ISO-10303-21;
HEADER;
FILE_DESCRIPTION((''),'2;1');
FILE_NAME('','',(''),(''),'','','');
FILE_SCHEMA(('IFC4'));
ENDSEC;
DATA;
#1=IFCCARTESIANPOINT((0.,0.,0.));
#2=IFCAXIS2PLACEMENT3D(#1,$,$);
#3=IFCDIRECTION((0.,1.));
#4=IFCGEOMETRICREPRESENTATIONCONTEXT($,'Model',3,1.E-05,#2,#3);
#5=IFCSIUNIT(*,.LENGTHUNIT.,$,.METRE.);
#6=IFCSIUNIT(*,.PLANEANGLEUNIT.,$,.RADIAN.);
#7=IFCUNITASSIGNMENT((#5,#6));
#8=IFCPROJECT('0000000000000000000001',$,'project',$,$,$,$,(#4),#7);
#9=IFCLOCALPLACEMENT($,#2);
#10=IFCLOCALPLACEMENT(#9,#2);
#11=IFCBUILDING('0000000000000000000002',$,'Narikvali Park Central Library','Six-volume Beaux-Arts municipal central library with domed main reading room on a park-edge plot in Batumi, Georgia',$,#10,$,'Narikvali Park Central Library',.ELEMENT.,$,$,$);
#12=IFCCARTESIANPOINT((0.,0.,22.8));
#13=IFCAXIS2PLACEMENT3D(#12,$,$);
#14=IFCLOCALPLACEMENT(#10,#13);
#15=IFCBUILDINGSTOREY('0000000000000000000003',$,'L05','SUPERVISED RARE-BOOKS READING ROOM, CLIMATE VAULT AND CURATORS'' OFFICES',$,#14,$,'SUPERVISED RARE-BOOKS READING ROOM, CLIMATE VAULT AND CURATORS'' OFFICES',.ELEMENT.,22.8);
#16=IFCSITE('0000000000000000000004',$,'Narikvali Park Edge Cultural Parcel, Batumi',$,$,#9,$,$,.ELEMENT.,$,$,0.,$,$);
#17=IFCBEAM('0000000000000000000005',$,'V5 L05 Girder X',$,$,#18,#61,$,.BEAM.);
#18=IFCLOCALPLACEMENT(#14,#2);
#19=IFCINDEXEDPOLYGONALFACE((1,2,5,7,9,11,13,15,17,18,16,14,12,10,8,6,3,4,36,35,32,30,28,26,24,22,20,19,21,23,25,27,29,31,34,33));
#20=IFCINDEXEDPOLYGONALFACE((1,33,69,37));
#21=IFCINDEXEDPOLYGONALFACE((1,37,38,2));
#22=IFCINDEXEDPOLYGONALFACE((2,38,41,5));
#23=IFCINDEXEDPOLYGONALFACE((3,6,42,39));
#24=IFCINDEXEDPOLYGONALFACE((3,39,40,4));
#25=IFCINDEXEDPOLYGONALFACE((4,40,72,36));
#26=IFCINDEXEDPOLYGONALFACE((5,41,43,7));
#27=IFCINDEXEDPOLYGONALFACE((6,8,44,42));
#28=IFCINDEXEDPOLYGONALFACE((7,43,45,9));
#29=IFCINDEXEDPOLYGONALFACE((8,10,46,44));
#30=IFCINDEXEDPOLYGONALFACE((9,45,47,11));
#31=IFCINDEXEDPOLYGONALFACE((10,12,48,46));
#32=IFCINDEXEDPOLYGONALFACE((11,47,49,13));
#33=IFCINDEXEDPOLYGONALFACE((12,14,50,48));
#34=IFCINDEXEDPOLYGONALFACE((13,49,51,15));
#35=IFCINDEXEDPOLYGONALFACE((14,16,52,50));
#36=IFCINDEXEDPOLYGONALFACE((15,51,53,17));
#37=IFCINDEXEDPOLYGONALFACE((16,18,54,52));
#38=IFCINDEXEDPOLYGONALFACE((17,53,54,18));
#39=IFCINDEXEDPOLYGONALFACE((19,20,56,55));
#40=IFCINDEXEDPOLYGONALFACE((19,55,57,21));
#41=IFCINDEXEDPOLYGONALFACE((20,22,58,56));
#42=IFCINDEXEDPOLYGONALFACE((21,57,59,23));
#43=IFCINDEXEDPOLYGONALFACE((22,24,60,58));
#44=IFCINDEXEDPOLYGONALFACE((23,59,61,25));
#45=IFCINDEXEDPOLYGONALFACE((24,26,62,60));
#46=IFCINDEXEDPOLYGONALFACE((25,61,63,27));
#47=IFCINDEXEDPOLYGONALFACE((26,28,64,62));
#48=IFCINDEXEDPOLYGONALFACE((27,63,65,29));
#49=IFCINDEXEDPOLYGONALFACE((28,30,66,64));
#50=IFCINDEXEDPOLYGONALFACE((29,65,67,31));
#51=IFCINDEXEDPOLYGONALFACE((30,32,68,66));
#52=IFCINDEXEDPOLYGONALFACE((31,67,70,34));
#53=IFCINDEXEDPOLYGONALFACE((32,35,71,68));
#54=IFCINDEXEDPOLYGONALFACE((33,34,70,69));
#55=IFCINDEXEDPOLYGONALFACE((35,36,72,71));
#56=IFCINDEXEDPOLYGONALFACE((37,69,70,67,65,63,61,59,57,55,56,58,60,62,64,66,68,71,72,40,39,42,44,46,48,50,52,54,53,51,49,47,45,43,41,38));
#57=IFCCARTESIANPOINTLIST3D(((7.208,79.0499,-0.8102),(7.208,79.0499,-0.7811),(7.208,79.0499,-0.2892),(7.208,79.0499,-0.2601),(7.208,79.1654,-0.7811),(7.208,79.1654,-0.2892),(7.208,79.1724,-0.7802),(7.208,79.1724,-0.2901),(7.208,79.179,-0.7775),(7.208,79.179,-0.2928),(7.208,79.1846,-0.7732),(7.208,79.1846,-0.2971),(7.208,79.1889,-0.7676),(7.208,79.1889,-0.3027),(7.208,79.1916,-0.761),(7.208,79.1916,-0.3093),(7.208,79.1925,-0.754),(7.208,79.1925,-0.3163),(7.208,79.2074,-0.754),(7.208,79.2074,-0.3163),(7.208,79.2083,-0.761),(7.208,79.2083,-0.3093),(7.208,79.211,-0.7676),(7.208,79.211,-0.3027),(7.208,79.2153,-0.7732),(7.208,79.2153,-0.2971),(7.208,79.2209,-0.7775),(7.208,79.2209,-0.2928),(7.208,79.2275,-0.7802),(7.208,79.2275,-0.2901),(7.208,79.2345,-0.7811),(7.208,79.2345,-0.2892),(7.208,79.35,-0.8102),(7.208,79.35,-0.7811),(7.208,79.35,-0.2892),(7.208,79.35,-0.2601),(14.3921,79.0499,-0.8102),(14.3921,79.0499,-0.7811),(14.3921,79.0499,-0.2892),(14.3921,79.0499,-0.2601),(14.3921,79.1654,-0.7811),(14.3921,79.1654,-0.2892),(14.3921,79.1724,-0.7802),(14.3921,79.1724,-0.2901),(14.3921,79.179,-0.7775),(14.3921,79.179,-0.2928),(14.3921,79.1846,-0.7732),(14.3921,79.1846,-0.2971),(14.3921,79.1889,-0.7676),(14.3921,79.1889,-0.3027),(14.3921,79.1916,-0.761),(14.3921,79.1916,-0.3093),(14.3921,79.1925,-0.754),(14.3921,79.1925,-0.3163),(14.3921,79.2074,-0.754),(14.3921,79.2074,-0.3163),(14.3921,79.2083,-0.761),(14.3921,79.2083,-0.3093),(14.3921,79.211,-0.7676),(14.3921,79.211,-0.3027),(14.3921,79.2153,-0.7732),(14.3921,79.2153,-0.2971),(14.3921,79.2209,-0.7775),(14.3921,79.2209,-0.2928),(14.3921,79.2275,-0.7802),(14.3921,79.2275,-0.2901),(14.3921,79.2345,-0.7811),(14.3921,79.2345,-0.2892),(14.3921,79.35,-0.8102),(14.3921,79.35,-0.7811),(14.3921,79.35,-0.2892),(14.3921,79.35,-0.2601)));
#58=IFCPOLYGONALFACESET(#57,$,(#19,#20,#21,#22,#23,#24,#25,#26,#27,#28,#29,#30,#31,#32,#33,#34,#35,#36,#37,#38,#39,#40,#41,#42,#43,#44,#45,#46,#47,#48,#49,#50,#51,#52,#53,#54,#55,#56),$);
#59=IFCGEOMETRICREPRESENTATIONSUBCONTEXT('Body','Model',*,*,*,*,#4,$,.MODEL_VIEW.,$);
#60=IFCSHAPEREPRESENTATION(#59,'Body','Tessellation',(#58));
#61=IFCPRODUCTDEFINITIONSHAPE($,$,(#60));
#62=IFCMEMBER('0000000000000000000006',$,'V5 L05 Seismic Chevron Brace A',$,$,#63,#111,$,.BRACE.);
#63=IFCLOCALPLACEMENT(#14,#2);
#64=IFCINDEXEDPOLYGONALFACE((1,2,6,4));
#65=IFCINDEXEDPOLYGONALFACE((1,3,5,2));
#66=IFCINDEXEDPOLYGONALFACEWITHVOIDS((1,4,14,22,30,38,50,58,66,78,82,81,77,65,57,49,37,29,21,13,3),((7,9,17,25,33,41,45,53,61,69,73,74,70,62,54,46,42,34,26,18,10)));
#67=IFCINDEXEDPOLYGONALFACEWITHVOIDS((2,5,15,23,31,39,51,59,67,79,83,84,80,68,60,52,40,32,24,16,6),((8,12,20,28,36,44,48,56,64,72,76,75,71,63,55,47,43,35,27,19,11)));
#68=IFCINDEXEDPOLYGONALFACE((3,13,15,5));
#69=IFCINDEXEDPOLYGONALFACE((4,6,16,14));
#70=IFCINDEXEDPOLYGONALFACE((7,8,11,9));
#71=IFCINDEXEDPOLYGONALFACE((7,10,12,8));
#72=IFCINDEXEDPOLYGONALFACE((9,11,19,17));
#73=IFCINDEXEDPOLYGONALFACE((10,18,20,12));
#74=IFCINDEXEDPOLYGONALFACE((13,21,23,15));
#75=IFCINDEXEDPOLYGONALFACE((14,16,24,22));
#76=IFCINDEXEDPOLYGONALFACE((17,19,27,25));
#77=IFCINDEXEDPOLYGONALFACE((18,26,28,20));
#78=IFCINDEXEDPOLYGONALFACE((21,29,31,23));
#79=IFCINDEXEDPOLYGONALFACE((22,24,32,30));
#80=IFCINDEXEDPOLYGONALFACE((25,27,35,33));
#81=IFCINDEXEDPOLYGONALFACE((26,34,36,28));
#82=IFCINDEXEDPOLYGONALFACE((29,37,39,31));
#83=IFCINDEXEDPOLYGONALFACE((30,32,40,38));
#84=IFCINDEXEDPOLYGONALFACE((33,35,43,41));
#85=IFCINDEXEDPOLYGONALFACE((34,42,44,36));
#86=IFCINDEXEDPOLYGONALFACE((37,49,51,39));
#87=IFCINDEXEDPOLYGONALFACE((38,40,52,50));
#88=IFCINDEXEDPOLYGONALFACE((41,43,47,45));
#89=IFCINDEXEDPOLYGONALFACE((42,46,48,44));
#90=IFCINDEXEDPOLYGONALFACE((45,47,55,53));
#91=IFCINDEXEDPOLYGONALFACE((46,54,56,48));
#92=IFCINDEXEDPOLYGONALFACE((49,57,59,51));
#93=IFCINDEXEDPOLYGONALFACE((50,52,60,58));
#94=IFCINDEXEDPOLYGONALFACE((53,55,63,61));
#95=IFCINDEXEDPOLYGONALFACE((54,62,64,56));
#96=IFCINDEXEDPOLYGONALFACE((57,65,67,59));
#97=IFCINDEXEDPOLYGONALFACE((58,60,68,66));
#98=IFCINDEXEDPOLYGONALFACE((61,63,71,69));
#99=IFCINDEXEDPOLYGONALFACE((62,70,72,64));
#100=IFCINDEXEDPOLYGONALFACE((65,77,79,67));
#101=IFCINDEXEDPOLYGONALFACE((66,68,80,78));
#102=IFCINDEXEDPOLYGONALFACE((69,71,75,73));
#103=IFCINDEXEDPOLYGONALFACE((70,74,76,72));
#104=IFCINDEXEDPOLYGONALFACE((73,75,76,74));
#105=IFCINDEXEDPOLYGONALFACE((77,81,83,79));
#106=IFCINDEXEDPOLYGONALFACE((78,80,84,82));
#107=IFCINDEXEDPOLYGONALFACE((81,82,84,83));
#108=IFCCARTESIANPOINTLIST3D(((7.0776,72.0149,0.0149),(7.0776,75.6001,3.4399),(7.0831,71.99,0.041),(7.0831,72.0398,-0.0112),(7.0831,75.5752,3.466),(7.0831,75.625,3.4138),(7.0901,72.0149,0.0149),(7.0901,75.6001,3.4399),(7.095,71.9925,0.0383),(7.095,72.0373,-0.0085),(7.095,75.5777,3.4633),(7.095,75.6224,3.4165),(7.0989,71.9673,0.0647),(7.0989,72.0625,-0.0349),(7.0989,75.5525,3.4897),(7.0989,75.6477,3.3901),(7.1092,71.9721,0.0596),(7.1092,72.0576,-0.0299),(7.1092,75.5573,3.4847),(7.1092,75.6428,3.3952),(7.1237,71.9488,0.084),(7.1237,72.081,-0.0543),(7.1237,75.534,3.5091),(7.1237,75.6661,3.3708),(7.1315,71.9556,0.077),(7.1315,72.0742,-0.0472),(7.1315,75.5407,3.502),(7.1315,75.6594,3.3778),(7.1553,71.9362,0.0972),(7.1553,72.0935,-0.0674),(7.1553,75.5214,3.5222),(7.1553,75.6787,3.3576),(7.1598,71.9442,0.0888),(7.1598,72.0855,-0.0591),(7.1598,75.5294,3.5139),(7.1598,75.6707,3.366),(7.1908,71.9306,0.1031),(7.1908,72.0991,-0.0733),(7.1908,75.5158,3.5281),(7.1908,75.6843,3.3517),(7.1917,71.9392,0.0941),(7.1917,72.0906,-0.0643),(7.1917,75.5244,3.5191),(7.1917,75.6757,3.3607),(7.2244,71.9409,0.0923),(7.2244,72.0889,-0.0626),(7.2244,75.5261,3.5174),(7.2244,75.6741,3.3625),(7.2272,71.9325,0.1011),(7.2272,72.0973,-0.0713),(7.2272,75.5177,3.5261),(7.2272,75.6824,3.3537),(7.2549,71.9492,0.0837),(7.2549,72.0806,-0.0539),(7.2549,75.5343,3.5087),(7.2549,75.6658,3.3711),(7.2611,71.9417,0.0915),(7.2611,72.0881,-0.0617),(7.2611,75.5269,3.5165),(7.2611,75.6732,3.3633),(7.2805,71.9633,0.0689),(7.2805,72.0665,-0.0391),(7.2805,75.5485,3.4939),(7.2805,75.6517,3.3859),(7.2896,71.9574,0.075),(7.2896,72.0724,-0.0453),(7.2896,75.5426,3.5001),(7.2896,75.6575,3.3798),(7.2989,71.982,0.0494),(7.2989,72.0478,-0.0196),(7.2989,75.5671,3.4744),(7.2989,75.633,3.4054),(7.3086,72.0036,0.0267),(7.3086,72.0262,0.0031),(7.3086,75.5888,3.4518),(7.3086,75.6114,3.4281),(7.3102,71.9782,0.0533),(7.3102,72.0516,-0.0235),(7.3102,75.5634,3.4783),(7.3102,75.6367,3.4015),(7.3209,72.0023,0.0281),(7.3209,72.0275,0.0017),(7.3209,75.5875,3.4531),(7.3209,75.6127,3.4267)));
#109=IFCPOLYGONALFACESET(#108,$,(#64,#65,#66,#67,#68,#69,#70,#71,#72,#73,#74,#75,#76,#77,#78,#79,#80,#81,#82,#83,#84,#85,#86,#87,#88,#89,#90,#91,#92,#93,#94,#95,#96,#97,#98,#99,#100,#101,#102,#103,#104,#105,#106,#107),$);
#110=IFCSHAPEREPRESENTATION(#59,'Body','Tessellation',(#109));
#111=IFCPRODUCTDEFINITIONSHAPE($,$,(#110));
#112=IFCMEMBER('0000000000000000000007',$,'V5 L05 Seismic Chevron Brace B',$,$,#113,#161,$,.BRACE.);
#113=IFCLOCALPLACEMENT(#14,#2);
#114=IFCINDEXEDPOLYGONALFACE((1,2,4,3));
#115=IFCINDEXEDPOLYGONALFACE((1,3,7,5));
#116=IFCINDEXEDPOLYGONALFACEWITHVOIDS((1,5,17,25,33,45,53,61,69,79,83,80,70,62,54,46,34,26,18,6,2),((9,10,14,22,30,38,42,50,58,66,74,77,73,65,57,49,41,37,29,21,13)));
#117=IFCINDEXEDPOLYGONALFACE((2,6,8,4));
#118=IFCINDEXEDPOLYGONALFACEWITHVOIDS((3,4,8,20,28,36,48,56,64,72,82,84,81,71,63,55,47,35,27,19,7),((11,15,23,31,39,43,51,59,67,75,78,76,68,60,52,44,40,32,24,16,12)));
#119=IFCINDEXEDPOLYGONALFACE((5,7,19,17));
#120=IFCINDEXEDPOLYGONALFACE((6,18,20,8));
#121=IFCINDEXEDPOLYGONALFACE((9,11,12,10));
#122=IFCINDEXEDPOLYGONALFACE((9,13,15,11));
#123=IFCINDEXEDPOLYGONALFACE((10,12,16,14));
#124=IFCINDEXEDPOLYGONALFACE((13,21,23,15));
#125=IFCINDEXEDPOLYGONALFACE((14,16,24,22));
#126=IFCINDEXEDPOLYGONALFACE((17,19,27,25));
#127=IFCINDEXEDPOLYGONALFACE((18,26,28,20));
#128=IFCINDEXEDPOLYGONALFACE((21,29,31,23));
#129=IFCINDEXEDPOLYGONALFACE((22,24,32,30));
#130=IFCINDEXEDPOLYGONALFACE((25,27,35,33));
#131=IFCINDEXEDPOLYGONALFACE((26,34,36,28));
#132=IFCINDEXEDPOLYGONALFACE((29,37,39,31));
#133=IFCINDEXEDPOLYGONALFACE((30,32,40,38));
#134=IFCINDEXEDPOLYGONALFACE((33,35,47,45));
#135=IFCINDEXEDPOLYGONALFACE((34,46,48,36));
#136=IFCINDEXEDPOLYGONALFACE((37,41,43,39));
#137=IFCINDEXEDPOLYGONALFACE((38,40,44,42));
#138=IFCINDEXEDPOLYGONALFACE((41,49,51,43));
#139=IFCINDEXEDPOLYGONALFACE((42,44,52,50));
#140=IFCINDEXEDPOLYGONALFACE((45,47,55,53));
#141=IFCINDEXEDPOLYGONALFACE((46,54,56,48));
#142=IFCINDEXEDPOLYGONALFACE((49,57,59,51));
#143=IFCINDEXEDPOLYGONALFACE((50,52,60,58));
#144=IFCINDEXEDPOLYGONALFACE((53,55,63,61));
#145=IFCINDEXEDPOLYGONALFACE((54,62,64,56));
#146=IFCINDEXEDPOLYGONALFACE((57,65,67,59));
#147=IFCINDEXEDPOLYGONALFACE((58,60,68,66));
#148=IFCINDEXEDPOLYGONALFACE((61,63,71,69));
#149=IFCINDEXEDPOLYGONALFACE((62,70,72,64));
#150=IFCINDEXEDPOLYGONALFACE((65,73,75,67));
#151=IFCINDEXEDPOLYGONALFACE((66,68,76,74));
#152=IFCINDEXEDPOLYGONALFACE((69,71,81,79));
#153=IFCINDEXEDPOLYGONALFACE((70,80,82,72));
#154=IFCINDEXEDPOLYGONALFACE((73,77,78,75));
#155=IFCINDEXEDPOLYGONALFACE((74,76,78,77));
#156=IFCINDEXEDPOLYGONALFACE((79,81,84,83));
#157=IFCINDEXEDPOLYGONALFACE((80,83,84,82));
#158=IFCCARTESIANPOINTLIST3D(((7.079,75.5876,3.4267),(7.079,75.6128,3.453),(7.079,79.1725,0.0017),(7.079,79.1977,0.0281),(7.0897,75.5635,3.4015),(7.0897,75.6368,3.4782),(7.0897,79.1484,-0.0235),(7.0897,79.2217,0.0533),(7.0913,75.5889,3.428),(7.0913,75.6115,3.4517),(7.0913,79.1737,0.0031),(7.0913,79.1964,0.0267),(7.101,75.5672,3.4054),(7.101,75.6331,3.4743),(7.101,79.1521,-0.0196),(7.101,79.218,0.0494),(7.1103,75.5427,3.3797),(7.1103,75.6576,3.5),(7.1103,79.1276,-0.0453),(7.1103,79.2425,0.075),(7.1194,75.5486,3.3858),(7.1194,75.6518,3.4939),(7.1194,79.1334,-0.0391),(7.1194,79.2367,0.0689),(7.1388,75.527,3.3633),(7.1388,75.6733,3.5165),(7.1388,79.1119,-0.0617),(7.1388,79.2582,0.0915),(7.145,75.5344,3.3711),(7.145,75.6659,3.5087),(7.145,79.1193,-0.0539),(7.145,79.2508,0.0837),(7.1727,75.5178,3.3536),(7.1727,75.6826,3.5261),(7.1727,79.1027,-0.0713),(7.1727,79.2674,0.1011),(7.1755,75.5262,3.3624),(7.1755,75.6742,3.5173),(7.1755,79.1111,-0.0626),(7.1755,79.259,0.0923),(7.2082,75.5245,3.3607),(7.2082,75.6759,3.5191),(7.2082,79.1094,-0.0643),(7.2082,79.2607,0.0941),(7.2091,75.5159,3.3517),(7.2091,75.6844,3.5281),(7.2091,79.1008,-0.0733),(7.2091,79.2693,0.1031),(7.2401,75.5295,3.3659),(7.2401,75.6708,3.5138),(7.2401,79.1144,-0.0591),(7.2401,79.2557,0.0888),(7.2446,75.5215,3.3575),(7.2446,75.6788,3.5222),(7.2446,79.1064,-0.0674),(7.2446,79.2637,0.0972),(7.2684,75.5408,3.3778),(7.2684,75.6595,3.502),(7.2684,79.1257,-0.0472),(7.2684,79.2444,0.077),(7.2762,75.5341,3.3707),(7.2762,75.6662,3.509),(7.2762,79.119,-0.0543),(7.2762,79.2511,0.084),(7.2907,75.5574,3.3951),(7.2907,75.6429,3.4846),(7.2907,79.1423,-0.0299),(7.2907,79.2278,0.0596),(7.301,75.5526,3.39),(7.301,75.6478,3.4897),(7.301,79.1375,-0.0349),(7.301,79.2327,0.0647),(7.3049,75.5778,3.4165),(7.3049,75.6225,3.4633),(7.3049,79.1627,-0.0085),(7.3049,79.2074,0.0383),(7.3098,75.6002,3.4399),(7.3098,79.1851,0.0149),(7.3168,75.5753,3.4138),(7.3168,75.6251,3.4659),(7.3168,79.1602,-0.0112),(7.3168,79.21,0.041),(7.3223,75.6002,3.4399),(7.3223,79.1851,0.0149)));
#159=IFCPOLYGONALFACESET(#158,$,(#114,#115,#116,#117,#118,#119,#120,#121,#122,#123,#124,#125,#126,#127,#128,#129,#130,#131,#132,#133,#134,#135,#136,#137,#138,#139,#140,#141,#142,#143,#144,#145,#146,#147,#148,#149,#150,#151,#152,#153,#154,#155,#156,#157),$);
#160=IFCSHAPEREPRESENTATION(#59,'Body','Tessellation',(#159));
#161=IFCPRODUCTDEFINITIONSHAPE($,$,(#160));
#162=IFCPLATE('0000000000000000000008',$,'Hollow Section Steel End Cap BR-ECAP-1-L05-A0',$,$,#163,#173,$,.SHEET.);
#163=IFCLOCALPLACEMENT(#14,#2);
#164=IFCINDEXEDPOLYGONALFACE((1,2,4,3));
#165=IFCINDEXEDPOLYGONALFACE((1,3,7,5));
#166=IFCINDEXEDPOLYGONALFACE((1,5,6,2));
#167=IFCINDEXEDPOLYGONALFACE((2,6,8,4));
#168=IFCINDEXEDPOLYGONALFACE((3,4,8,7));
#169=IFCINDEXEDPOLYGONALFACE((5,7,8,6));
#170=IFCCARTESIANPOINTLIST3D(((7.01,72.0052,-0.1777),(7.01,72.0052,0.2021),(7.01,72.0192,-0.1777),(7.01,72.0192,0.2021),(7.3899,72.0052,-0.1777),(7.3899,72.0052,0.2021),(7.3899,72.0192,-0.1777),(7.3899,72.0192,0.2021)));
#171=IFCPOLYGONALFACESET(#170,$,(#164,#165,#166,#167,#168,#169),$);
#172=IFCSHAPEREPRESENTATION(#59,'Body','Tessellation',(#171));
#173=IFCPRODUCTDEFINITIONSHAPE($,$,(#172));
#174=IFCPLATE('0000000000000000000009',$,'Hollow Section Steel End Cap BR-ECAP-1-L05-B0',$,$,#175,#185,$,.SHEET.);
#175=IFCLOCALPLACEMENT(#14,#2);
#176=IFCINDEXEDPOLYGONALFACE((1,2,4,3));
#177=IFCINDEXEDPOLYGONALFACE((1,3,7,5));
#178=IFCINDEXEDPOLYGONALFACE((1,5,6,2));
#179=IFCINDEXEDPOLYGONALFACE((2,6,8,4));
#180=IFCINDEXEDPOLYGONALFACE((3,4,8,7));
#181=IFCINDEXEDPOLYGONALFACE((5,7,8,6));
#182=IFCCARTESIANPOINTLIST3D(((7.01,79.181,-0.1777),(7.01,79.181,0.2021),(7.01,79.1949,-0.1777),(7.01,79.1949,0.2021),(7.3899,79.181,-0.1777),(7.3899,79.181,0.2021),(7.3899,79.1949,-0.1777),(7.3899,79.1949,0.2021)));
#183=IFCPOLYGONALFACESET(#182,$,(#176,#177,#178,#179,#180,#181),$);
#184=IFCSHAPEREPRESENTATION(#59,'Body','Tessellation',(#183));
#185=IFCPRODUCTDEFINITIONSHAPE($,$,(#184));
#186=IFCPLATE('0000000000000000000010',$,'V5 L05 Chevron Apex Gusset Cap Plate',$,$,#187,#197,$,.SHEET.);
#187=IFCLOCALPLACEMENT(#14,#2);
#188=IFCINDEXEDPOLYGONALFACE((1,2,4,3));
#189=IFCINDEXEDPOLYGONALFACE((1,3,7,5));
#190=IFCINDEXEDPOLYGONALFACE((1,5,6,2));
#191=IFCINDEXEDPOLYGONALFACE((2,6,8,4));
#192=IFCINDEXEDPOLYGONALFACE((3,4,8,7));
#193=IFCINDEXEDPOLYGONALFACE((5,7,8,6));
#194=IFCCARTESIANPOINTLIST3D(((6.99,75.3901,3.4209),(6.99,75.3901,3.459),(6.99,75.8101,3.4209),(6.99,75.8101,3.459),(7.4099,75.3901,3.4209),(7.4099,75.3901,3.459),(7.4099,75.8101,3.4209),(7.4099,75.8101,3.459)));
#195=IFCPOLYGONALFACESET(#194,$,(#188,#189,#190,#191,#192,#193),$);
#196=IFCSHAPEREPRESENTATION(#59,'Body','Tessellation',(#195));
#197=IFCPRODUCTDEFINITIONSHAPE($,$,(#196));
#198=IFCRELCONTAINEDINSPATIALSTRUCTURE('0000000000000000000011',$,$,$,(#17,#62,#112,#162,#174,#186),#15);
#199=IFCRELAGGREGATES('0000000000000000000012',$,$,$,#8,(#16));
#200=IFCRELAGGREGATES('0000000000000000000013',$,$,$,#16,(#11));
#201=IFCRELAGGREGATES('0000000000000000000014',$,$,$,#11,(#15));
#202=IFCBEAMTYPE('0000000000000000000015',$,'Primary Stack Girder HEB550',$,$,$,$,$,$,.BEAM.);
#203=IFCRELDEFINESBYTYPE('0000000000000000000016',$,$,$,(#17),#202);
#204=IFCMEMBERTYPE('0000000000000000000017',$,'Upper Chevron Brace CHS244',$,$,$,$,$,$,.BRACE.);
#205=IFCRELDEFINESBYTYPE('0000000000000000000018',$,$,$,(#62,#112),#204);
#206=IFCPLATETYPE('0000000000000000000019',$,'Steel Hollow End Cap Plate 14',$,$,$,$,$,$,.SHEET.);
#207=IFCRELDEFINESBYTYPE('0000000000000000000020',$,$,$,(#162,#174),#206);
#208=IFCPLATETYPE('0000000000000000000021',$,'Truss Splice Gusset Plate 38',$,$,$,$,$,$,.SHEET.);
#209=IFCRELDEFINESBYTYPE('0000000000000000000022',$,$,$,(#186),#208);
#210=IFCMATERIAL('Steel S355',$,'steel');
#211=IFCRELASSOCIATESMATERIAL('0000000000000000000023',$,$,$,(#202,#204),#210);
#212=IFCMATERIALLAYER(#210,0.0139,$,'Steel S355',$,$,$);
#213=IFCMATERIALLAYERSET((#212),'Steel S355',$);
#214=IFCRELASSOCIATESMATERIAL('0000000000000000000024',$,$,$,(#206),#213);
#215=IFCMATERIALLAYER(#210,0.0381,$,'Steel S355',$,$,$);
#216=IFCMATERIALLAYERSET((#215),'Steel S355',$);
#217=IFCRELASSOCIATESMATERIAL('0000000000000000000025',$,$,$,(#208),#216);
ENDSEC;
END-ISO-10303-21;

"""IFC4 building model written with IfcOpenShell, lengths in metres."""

from ifc_helpers import new_model, si_unit, direction, frame, origin, origin_2d, place, context, subcontext, project, spatial, rectangle, hollow_circle, i_section, extrude, material, layer, layer_set, material_profile, profile_set, type_object, element, save


model = new_model("IFC4")

# Units and contexts
model_context = context("Model", 3, precision=1e-05, world=origin(), true_north=direction((0.0, 1.0)))
body_context = subcontext(model_context, "Body", "Model", "MODEL_VIEW")
ifc_project = project(units=[si_unit("LENGTHUNIT", "METRE"), si_unit("PLANEANGLEUNIT", "RADIAN")], contexts=[model_context])

# Site, building, storey
site_placement = place(None, origin())
site = spatial("IfcSite", under=ifc_project, at=site_placement, Name="Narikvali Park Edge Cultural Parcel, Batumi", CompositionType="ELEMENT", RefElevation=0.0)
building_placement = place(site_placement, origin())
building = spatial("IfcBuilding", under=site, at=building_placement, Name="Narikvali Park Central Library", Description="Six-volume Beaux-Arts municipal central library with domed main reading room on a park-edge plot in Batumi, Georgia", LongName="Narikvali Park Central Library", CompositionType="ELEMENT")
storey_placement = place(building_placement, frame((0.0, 0.0, 22.8)))
storey = spatial("IfcBuildingStorey", under=building, at=storey_placement, Name="L05", Description="SUPERVISED RARE-BOOKS READING ROOM, CLIMATE VAULT AND CURATORS' OFFICES", LongName="SUPERVISED RARE-BOOKS READING ROOM, CLIMATE VAULT AND CURATORS' OFFICES", CompositionType="ELEMENT", Elevation=22.8)

# Shared definitions
ifc_material_1 = material(Name="Steel S355", Category="steel")

# Beam
ifc_material_profile_1 = material_profile(ifc_material_1, i_section(OverallWidth=0.3, OverallDepth=0.55, WebThickness=0.0149, FlangeThickness=0.0291, FilletRadius=0.0271, at=origin_2d()), Name="HEB 550")
ifc_profile_set_1 = profile_set([ifc_material_profile_1], Name="Steel S355")
beam_type_1 = type_object("IfcBeamType", Name="Primary Stack Girder HEB550", PredefinedType="BEAM", material=ifc_profile_set_1)
beam_1_placement = place(storey_placement, frame((7.208, 79.2, -0.5352), z_axis=(1.0, 0.0, 0.0), x_axis=(0.0, 1.0, 0.0)))
element("IfcBeam", 1, at=beam_1_placement, inside=storey, type_object=beam_type_1, Name="V5 L05 Girder X", PredefinedType="BEAM", context=body_context, shape_type="SweptSolid", body=[
    extrude(i_section(OverallWidth=0.3, OverallDepth=0.55, WebThickness=0.0149, FlangeThickness=0.0291, FilletRadius=0.0271, at=origin_2d()), origin(), (0.0, 0.0, 1.0), 7.1841),
])

# Members
ifc_material_profile_2 = material_profile(ifc_material_1, hollow_circle(Radius=0.1223, WallThickness=0.0125, at=origin_2d()), Name="CHS 244.5x12.5")
ifc_profile_set_2 = profile_set([ifc_material_profile_2], Name="Steel S355")
member_type = type_object("IfcMemberType", Name="Upper Chevron Brace CHS244", PredefinedType="BRACE", material=ifc_profile_set_2)
member_1_placement = place(storey_placement, frame((7.2, 72.0149, 0.0149), z_axis=(0.0, 0.723073, 0.690772), x_axis=(-1.0, 0.0, 0.0)))
element("IfcMember", 2, at=member_1_placement, inside=storey, type_object=member_type, Name="V5 L05 Seismic Chevron Brace A", PredefinedType="BRACE", context=body_context, shape_type="SweptSolid", body=[
    extrude(hollow_circle(Radius=0.1223, WallThickness=0.0125, at=origin_2d()), origin(), (0.0, 0.0, 1.0), 4.9583),
])
member_2_placement = place(storey_placement, frame((7.2, 79.1851, 0.0149), z_axis=(0.0, -0.723049, 0.690797), x_axis=(1.0, 0.0, 0.0)))
element("IfcMember", 3, at=member_2_placement, inside=storey, type_object=member_type, Name="V5 L05 Seismic Chevron Brace B", PredefinedType="BRACE", context=body_context, shape_type="SweptSolid", body=[
    extrude(hollow_circle(Radius=0.1223, WallThickness=0.0125, at=origin_2d()), origin(), (0.0, 0.0, 1.0), 4.958),
])

# Plates
ifc_layer_1 = layer(ifc_material_1, 0.0139, Name="Steel S355")
ifc_layer_set_1 = layer_set([ifc_layer_1], Name="Steel S355")
plate_type_1 = type_object("IfcPlateType", Name="Steel Hollow End Cap Plate 14", PredefinedType="SHEET", material=ifc_layer_set_1)
for number, where, z_axis, x_axis, name in (
    (4, (7.2, 72.0122, -0.1777), (0.0, 0.0, 1.0), (-1.0, 0.0, 0.0), "Hollow Section Steel End Cap BR-ECAP-1-L05-A0"),
    (5, (7.2, 79.188, -0.1777), (0.0, 0.0, 1.0), (1.0, 0.0, 0.0), "Hollow Section Steel End Cap BR-ECAP-1-L05-B0"),
):
    element("IfcPlate", number, at=place(storey_placement, frame(where, z_axis=z_axis, x_axis=x_axis)), inside=storey, type_object=plate_type_1, Name=name, PredefinedType="SHEET", context=body_context, shape_type="SweptSolid", body=[
        extrude(rectangle(XDim=0.3799, YDim=0.0139, at=origin_2d()), origin(), (0.0, 0.0, 1.0), 0.3799),
    ])
ifc_layer_2 = layer(ifc_material_1, 0.0381, Name="Steel S355")
ifc_layer_set_2 = layer_set([ifc_layer_2], Name="Steel S355")
plate_type_2 = type_object("IfcPlateType", Name="Truss Splice Gusset Plate 38", PredefinedType="SHEET", material=ifc_layer_set_2)
plate_placement = place(storey_placement, frame((7.2, 75.6001, 3.4209), z_axis=(0.0, 0.0, 1.0), x_axis=(1.0, 0.0, 0.0)))
element("IfcPlate", 6, at=plate_placement, inside=storey, type_object=plate_type_2, Name="V5 L05 Chevron Apex Gusset Cap Plate", PredefinedType="SHEET", context=body_context, shape_type="SweptSolid", body=[
    extrude(rectangle(XDim=0.4199, YDim=0.4199, at=origin_2d()), origin(), (0.0, 0.0, 1.0), 0.0381),
])

save(model, "model.ifc")
